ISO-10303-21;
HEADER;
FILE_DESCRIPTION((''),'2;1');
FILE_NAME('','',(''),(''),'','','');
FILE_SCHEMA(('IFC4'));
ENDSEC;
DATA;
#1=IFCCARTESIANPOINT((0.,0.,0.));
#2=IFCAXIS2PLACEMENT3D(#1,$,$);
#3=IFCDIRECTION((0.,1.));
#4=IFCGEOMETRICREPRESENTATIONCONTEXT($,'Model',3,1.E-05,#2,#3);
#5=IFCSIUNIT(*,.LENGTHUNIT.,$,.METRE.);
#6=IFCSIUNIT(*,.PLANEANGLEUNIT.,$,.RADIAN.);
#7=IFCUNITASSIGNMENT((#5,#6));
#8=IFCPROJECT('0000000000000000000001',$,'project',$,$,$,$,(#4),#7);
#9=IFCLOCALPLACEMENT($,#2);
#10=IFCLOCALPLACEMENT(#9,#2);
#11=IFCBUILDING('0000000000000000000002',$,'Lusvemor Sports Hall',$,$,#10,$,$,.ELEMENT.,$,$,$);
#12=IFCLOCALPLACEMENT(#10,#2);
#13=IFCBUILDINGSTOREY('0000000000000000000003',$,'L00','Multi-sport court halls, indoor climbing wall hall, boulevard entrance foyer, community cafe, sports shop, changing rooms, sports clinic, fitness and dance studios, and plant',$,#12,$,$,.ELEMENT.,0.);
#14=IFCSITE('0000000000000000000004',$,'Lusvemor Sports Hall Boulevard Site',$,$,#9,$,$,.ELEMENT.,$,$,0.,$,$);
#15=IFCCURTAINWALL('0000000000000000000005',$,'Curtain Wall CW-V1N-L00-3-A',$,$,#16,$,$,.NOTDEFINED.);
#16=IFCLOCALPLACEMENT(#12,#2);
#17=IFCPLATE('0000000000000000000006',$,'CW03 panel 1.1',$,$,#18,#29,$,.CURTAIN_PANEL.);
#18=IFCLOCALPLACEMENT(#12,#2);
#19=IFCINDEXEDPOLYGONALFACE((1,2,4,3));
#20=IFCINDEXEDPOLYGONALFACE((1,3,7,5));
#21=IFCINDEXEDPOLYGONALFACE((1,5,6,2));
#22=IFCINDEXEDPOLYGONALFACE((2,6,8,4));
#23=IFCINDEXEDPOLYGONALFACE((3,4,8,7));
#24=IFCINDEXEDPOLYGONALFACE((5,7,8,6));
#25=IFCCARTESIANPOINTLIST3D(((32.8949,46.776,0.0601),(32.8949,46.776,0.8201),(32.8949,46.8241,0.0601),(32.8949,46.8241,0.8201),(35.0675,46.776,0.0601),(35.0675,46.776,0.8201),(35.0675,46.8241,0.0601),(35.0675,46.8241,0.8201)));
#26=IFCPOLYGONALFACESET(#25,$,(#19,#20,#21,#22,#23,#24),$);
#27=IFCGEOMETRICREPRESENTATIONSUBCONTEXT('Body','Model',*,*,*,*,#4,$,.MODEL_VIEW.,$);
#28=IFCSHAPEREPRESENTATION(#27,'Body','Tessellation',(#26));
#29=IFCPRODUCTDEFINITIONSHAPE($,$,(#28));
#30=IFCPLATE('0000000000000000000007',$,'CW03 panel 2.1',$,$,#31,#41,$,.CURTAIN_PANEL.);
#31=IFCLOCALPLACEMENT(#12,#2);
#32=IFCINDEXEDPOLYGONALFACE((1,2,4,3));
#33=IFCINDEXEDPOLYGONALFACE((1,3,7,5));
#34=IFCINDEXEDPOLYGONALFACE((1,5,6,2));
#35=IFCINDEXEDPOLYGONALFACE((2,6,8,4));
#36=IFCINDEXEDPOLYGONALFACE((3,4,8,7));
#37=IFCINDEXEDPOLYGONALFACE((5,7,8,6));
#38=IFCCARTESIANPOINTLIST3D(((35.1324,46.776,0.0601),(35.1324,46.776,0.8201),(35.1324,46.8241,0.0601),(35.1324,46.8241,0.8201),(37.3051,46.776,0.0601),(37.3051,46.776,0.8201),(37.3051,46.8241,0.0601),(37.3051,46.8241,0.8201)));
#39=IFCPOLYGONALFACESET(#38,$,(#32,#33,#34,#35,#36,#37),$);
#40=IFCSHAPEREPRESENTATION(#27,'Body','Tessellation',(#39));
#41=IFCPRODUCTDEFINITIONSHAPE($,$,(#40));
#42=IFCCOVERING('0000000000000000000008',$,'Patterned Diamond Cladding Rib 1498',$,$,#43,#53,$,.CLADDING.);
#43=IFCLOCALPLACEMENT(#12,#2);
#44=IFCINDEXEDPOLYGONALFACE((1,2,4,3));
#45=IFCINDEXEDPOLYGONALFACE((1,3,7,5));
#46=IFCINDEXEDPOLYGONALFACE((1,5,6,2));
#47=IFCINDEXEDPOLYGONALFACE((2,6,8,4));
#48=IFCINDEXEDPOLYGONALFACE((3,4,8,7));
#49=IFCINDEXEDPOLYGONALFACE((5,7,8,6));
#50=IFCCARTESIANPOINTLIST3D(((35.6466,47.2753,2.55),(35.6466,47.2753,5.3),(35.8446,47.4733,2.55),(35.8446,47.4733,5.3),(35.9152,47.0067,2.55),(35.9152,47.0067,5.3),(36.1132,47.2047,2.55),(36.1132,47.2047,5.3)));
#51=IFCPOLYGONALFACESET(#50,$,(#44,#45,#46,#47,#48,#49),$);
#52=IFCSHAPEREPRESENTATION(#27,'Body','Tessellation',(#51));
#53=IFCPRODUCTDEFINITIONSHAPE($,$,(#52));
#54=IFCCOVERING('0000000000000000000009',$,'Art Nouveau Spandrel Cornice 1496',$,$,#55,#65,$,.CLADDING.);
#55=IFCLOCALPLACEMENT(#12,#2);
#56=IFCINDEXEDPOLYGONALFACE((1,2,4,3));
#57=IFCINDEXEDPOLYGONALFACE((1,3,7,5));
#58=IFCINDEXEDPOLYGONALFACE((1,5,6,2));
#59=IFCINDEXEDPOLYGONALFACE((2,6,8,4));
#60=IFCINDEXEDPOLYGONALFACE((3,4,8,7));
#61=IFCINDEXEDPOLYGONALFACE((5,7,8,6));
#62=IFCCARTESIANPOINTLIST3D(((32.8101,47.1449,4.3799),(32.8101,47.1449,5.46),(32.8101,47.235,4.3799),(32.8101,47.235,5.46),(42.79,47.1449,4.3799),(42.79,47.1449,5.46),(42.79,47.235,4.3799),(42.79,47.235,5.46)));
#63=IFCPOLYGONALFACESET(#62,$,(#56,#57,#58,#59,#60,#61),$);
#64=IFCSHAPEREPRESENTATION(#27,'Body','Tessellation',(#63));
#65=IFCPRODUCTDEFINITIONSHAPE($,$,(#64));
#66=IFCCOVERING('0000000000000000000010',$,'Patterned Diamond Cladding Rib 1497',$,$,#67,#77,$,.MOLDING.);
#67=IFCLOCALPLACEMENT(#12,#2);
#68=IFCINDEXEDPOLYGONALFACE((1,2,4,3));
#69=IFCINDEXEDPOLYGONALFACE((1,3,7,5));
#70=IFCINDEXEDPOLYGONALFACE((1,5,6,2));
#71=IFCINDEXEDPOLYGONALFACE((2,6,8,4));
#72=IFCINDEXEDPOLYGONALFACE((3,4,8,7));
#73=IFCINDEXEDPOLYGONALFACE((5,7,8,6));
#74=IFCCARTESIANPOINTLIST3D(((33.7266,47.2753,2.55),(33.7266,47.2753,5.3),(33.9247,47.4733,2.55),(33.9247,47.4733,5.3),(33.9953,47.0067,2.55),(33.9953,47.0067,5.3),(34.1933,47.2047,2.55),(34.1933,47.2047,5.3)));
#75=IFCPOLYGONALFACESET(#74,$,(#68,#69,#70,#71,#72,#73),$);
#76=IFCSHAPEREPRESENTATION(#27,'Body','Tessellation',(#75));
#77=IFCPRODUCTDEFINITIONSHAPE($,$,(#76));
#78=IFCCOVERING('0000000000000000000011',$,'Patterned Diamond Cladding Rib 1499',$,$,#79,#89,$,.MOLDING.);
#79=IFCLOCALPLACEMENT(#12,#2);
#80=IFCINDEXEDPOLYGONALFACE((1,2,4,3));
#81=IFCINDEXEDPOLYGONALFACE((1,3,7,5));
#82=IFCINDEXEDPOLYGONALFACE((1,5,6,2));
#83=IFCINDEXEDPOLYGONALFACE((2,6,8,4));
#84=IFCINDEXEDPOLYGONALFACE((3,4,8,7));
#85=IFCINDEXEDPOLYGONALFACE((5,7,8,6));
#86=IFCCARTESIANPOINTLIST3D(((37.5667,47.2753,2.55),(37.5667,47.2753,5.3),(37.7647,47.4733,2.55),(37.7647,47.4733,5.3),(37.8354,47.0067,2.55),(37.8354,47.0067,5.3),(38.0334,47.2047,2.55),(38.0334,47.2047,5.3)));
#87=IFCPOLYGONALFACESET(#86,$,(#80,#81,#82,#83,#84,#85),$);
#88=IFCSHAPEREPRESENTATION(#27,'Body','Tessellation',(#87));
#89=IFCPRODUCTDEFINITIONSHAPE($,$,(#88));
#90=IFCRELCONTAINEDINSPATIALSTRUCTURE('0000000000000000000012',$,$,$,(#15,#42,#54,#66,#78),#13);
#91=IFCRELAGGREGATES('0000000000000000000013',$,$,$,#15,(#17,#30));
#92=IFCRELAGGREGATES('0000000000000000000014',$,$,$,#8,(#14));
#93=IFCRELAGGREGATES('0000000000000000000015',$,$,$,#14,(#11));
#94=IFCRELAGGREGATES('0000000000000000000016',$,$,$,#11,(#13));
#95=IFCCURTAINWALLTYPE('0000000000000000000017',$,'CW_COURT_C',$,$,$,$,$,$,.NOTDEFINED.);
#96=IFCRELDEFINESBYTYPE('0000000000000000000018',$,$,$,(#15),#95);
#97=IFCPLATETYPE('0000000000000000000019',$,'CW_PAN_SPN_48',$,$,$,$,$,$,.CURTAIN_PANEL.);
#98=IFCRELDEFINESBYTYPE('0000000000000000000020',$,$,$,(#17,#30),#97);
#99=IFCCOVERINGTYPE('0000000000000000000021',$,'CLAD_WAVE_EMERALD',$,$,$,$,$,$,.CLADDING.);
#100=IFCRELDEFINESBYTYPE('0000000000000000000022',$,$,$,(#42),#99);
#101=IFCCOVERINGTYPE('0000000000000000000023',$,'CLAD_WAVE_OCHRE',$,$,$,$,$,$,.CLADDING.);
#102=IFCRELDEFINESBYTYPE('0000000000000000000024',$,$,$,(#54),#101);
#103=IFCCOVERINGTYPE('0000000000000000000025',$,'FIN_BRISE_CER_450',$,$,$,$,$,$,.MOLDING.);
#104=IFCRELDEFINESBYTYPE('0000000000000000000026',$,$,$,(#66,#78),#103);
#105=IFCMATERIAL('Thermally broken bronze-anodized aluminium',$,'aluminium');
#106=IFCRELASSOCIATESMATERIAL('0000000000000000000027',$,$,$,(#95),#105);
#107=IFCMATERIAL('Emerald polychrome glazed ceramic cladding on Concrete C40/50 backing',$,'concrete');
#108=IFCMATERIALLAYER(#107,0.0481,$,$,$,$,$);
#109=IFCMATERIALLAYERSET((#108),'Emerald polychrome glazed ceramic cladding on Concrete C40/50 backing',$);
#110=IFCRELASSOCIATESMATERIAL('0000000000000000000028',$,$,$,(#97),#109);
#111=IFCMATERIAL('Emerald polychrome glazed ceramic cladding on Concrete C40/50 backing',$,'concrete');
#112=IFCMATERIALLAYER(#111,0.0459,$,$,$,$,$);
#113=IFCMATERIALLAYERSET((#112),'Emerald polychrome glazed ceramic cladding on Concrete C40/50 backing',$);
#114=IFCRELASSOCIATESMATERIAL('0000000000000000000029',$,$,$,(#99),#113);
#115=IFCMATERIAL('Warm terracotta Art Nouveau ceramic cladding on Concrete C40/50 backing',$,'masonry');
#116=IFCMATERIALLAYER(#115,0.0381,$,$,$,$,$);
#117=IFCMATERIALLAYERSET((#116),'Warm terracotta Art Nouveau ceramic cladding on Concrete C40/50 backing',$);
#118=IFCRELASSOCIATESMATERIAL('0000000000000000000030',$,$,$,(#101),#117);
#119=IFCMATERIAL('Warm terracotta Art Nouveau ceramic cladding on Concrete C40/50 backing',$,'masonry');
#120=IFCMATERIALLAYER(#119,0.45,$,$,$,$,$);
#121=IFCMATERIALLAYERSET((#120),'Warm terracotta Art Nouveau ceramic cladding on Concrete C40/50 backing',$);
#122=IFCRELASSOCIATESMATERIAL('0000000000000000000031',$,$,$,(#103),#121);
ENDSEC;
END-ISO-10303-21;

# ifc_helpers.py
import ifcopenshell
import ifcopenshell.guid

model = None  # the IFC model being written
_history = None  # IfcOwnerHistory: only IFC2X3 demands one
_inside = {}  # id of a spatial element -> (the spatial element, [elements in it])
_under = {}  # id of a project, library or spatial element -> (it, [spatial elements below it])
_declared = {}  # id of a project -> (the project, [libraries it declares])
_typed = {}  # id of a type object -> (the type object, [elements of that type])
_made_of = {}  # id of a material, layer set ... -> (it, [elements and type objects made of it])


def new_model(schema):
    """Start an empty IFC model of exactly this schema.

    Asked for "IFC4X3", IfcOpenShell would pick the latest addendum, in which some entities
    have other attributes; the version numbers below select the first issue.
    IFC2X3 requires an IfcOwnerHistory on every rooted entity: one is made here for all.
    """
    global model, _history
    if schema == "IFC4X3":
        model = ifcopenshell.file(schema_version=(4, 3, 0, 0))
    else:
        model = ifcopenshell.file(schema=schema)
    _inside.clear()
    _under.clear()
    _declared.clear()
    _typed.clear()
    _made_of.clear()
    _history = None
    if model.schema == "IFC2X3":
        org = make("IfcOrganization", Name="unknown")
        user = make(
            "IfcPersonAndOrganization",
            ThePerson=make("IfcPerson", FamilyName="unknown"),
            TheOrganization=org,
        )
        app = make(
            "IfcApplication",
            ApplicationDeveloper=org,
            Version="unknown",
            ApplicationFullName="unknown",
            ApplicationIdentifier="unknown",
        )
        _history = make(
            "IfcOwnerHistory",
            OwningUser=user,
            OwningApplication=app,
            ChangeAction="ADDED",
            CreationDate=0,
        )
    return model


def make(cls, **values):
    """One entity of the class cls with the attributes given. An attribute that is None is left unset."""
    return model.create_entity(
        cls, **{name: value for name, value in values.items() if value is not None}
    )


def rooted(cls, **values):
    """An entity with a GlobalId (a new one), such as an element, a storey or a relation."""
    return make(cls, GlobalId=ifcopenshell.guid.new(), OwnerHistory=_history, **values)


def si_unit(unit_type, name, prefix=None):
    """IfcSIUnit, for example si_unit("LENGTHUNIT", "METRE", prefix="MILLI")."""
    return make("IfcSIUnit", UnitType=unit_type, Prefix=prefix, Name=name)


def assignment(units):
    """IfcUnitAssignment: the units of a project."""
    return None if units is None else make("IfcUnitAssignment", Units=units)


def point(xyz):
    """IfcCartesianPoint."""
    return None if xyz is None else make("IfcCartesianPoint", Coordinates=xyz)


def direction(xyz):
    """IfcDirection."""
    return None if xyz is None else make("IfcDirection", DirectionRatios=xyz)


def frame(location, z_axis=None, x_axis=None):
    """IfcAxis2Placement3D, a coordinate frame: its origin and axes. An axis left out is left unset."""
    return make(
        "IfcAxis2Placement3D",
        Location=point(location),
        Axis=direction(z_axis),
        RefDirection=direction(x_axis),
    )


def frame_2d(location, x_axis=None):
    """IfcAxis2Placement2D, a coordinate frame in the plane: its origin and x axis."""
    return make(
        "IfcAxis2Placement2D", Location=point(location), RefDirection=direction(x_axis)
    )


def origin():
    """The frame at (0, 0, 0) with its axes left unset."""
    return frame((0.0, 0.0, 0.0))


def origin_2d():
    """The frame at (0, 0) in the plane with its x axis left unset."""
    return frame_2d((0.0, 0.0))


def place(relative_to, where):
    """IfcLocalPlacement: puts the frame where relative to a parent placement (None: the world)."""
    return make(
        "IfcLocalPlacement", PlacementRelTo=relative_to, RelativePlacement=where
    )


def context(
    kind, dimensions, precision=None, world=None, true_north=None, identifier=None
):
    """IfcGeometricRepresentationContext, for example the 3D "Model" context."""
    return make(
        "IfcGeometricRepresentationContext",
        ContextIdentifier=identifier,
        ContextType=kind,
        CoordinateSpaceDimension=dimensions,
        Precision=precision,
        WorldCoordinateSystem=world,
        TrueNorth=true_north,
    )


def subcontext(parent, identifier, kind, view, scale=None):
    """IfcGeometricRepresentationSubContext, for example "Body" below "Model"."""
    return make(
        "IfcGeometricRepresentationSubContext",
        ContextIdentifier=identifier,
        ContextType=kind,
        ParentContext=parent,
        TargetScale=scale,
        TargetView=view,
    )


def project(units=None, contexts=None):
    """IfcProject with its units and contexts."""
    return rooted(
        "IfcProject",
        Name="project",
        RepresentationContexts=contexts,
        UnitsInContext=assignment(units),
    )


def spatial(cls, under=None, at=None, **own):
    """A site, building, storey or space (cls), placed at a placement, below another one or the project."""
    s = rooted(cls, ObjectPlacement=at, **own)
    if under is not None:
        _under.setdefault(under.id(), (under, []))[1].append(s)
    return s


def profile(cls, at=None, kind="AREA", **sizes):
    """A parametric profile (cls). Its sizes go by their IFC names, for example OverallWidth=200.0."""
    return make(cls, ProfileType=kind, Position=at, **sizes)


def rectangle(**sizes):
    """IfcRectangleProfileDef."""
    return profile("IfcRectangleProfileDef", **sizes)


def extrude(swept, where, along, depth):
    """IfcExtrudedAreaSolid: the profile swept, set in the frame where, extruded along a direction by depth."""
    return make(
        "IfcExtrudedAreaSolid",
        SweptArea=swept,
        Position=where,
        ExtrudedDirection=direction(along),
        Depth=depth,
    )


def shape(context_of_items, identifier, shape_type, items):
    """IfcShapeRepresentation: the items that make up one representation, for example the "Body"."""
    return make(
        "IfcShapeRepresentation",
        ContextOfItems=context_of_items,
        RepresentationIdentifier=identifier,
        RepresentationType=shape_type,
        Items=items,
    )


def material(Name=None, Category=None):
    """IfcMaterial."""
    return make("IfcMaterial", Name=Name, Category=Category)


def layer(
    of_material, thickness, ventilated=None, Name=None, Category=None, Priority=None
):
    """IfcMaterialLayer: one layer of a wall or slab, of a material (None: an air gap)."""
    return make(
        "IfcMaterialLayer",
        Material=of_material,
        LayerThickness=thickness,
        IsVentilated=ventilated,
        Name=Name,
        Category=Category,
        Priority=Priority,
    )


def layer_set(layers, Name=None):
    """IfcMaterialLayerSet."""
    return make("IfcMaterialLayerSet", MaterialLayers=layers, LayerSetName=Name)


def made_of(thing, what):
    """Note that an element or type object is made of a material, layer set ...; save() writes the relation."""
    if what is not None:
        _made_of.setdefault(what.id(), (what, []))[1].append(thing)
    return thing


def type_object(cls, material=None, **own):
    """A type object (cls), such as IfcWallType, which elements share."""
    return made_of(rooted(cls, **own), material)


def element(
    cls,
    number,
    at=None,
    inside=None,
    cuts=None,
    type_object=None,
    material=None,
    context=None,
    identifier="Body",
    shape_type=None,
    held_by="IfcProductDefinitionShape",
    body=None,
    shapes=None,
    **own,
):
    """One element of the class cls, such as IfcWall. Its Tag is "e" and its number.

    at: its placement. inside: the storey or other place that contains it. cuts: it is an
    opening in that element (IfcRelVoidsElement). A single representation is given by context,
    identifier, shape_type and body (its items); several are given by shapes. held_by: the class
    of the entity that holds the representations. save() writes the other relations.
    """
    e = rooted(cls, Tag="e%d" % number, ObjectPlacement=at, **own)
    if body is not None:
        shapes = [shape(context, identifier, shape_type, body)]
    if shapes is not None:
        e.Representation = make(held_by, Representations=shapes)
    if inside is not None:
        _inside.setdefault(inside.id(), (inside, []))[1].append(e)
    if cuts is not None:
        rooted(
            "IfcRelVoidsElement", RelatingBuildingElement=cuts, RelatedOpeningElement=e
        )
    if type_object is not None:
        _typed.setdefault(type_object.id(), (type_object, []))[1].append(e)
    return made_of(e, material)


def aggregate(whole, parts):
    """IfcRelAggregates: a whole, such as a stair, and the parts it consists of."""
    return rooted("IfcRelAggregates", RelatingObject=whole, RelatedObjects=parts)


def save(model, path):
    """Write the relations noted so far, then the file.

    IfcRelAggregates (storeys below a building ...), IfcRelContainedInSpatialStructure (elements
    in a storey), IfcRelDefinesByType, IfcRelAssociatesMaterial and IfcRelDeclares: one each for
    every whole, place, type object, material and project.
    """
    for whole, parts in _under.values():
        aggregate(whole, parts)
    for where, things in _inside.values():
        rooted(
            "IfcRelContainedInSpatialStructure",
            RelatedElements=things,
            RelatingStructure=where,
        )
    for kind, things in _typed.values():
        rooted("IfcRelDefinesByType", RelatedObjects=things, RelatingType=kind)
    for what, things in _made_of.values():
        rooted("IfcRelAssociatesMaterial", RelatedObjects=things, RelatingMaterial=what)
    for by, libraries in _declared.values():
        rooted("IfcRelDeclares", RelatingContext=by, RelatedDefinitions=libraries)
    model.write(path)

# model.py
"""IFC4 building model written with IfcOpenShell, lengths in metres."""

from ifc_helpers import new_model, si_unit, direction, frame, origin, origin_2d, place, context, subcontext, project, spatial, rectangle, extrude, material, layer, layer_set, type_object, element, aggregate, save


model = new_model("IFC4")

# Units and contexts
model_context = context("Model", 3, precision=1e-05, world=origin(), true_north=direction((0.0, 1.0)))
body_context = subcontext(model_context, "Body", "Model", "MODEL_VIEW")
ifc_project = project(units=[si_unit("LENGTHUNIT", "METRE"), si_unit("PLANEANGLEUNIT", "RADIAN")], contexts=[model_context])

# Site, building, storey
site_placement = place(None, origin())
site = spatial("IfcSite", under=ifc_project, at=site_placement, Name="Lusvemor Sports Hall Boulevard Site", CompositionType="ELEMENT", RefElevation=0.0)
building_placement = place(site_placement, origin())
building = spatial("IfcBuilding", under=site, at=building_placement, Name="Lusvemor Sports Hall", CompositionType="ELEMENT")
storey_placement = place(building_placement, origin())
storey = spatial("IfcBuildingStorey", under=building, at=storey_placement, Name="L00", Description="Multi-sport court halls, indoor climbing wall hall, boulevard entrance foyer, community cafe, sports shop, changing rooms, sports clinic, fitness and dance studios, and plant", CompositionType="ELEMENT", Elevation=0.0)

# Curtain wall
ifc_material_1 = material(Name="Thermally broken bronze-anodized aluminium", Category="aluminium")
curtain_wall_type = type_object("IfcCurtainWallType", Name="CW_COURT_C", PredefinedType="NOTDEFINED", material=ifc_material_1)
curtain_wall_1_placement = place(storey_placement, origin())
curtain_wall_1 = element("IfcCurtainWall", 1, at=curtain_wall_1_placement, inside=storey, type_object=curtain_wall_type, Name="Curtain Wall CW-V1N-L00-3-A", PredefinedType="NOTDEFINED")

# Plates
ifc_material_2 = material(Name="Emerald polychrome glazed ceramic cladding on Concrete C40/50 backing", Category="concrete")
ifc_layer_1 = layer(ifc_material_2, 0.0481)
ifc_layer_set_1 = layer_set([ifc_layer_1], Name="Emerald polychrome glazed ceramic cladding on Concrete C40/50 backing")
plate_type_1 = type_object("IfcPlateType", Name="CW_PAN_SPN_48", PredefinedType="CURTAIN_PANEL", material=ifc_layer_set_1)
plate_1_placement = place(storey_placement, frame((33.9812, 46.8, 0.0601), z_axis=(0.0, 0.0, 1.0), x_axis=(1.0, 0.0, 0.0)))
plate_1 = element("IfcPlate", 2, at=plate_1_placement, type_object=plate_type_1, Name="CW03 panel 1.1", PredefinedType="CURTAIN_PANEL", context=body_context, shape_type="SweptSolid", body=[
    extrude(rectangle(XDim=2.1726, YDim=0.0481, at=origin_2d()), origin(), (0.0, 0.0, 1.0), 0.76),
])
plate_2_placement = place(storey_placement, frame((36.2188, 46.8, 0.0601), z_axis=(0.0, 0.0, 1.0), x_axis=(1.0, 0.0, 0.0)))
plate_2 = element("IfcPlate", 3, at=plate_2_placement, type_object=plate_type_1, Name="CW03 panel 2.1", PredefinedType="CURTAIN_PANEL", context=body_context, shape_type="SweptSolid", body=[
    extrude(rectangle(XDim=2.1726, YDim=0.0481, at=origin_2d()), origin(), (0.0, 0.0, 1.0), 0.76),
])
aggregate(curtain_wall_1, [plate_1, plate_2])

# Coverings
ifc_material_3 = material(Name="Emerald polychrome glazed ceramic cladding on Concrete C40/50 backing", Category="concrete")
ifc_layer_2 = layer(ifc_material_3, 0.0459)
ifc_layer_set_2 = layer_set([ifc_layer_2], Name="Emerald polychrome glazed ceramic cladding on Concrete C40/50 backing")
covering_type_1 = type_object("IfcCoveringType", Name="CLAD_WAVE_EMERALD", PredefinedType="CLADDING", material=ifc_layer_set_2)
covering_1_placement = place(storey_placement, frame((35.8799, 47.24, 2.55), z_axis=(0.0, 0.0, 1.0), x_axis=(0.707107, 0.707107, 0.0)))
element("IfcCovering", 4, at=covering_1_placement, inside=storey, type_object=covering_type_1, Name="Patterned Diamond Cladding Rib 1498", PredefinedType="CLADDING", context=body_context, shape_type="SweptSolid", body=[
    extrude(rectangle(XDim=0.28, YDim=0.3799, at=origin_2d()), origin(), (0.0, 0.0, 1.0), 2.75),
])
ifc_material_4 = material(Name="Warm terracotta Art Nouveau ceramic cladding on Concrete C40/50 backing", Category="masonry")
ifc_layer_3 = layer(ifc_material_4, 0.0381)
ifc_layer_set_3 = layer_set([ifc_layer_3], Name="Warm terracotta Art Nouveau ceramic cladding on Concrete C40/50 backing")
covering_type_2 = type_object("IfcCoveringType", Name="CLAD_WAVE_OCHRE", PredefinedType="CLADDING", material=ifc_layer_set_3)
covering_2_placement = place(storey_placement, frame((37.8, 47.1899, 4.3799), z_axis=(0.0, 0.0, 1.0), x_axis=(1.0, 0.0, 0.0)))
element("IfcCovering", 5, at=covering_2_placement, inside=storey, type_object=covering_type_2, Name="Art Nouveau Spandrel Cornice 1496", PredefinedType="CLADDING", context=body_context, shape_type="SweptSolid", body=[
    extrude(rectangle(XDim=9.98, YDim=0.0901, at=origin_2d()), origin(), (0.0, 0.0, 1.0), 1.0801),
])
ifc_material_5 = material(Name="Warm terracotta Art Nouveau ceramic cladding on Concrete C40/50 backing", Category="masonry")
ifc_layer_4 = layer(ifc_material_5, 0.45)
ifc_layer_set_4 = layer_set([ifc_layer_4], Name="Warm terracotta Art Nouveau ceramic cladding on Concrete C40/50 backing")
covering_type_3 = type_object("IfcCoveringType", Name="FIN_BRISE_CER_450", PredefinedType="MOLDING", material=ifc_layer_set_4)
for number, where, z_axis, x_axis, name in (
    (6, (33.96, 47.24, 2.55), (0.0, 0.0, 1.0), (0.707107, 0.707107, 0.0), "Patterned Diamond Cladding Rib 1497"),
    (7, (37.8, 47.24, 2.55), (0.0, 0.0, 1.0), (0.707107, 0.707107, 0.0), "Patterned Diamond Cladding Rib 1499"),
):
    element("IfcCovering", number, at=place(storey_placement, frame(where, z_axis=z_axis, x_axis=x_axis)), inside=storey, type_object=covering_type_3, Name=name, PredefinedType="MOLDING", context=body_context, shape_type="SweptSolid", body=[
        extrude(rectangle(XDim=0.28, YDim=0.3799, at=origin_2d()), origin(), (0.0, 0.0, 1.0), 2.75),
    ])

save(model, "model.ifc")
